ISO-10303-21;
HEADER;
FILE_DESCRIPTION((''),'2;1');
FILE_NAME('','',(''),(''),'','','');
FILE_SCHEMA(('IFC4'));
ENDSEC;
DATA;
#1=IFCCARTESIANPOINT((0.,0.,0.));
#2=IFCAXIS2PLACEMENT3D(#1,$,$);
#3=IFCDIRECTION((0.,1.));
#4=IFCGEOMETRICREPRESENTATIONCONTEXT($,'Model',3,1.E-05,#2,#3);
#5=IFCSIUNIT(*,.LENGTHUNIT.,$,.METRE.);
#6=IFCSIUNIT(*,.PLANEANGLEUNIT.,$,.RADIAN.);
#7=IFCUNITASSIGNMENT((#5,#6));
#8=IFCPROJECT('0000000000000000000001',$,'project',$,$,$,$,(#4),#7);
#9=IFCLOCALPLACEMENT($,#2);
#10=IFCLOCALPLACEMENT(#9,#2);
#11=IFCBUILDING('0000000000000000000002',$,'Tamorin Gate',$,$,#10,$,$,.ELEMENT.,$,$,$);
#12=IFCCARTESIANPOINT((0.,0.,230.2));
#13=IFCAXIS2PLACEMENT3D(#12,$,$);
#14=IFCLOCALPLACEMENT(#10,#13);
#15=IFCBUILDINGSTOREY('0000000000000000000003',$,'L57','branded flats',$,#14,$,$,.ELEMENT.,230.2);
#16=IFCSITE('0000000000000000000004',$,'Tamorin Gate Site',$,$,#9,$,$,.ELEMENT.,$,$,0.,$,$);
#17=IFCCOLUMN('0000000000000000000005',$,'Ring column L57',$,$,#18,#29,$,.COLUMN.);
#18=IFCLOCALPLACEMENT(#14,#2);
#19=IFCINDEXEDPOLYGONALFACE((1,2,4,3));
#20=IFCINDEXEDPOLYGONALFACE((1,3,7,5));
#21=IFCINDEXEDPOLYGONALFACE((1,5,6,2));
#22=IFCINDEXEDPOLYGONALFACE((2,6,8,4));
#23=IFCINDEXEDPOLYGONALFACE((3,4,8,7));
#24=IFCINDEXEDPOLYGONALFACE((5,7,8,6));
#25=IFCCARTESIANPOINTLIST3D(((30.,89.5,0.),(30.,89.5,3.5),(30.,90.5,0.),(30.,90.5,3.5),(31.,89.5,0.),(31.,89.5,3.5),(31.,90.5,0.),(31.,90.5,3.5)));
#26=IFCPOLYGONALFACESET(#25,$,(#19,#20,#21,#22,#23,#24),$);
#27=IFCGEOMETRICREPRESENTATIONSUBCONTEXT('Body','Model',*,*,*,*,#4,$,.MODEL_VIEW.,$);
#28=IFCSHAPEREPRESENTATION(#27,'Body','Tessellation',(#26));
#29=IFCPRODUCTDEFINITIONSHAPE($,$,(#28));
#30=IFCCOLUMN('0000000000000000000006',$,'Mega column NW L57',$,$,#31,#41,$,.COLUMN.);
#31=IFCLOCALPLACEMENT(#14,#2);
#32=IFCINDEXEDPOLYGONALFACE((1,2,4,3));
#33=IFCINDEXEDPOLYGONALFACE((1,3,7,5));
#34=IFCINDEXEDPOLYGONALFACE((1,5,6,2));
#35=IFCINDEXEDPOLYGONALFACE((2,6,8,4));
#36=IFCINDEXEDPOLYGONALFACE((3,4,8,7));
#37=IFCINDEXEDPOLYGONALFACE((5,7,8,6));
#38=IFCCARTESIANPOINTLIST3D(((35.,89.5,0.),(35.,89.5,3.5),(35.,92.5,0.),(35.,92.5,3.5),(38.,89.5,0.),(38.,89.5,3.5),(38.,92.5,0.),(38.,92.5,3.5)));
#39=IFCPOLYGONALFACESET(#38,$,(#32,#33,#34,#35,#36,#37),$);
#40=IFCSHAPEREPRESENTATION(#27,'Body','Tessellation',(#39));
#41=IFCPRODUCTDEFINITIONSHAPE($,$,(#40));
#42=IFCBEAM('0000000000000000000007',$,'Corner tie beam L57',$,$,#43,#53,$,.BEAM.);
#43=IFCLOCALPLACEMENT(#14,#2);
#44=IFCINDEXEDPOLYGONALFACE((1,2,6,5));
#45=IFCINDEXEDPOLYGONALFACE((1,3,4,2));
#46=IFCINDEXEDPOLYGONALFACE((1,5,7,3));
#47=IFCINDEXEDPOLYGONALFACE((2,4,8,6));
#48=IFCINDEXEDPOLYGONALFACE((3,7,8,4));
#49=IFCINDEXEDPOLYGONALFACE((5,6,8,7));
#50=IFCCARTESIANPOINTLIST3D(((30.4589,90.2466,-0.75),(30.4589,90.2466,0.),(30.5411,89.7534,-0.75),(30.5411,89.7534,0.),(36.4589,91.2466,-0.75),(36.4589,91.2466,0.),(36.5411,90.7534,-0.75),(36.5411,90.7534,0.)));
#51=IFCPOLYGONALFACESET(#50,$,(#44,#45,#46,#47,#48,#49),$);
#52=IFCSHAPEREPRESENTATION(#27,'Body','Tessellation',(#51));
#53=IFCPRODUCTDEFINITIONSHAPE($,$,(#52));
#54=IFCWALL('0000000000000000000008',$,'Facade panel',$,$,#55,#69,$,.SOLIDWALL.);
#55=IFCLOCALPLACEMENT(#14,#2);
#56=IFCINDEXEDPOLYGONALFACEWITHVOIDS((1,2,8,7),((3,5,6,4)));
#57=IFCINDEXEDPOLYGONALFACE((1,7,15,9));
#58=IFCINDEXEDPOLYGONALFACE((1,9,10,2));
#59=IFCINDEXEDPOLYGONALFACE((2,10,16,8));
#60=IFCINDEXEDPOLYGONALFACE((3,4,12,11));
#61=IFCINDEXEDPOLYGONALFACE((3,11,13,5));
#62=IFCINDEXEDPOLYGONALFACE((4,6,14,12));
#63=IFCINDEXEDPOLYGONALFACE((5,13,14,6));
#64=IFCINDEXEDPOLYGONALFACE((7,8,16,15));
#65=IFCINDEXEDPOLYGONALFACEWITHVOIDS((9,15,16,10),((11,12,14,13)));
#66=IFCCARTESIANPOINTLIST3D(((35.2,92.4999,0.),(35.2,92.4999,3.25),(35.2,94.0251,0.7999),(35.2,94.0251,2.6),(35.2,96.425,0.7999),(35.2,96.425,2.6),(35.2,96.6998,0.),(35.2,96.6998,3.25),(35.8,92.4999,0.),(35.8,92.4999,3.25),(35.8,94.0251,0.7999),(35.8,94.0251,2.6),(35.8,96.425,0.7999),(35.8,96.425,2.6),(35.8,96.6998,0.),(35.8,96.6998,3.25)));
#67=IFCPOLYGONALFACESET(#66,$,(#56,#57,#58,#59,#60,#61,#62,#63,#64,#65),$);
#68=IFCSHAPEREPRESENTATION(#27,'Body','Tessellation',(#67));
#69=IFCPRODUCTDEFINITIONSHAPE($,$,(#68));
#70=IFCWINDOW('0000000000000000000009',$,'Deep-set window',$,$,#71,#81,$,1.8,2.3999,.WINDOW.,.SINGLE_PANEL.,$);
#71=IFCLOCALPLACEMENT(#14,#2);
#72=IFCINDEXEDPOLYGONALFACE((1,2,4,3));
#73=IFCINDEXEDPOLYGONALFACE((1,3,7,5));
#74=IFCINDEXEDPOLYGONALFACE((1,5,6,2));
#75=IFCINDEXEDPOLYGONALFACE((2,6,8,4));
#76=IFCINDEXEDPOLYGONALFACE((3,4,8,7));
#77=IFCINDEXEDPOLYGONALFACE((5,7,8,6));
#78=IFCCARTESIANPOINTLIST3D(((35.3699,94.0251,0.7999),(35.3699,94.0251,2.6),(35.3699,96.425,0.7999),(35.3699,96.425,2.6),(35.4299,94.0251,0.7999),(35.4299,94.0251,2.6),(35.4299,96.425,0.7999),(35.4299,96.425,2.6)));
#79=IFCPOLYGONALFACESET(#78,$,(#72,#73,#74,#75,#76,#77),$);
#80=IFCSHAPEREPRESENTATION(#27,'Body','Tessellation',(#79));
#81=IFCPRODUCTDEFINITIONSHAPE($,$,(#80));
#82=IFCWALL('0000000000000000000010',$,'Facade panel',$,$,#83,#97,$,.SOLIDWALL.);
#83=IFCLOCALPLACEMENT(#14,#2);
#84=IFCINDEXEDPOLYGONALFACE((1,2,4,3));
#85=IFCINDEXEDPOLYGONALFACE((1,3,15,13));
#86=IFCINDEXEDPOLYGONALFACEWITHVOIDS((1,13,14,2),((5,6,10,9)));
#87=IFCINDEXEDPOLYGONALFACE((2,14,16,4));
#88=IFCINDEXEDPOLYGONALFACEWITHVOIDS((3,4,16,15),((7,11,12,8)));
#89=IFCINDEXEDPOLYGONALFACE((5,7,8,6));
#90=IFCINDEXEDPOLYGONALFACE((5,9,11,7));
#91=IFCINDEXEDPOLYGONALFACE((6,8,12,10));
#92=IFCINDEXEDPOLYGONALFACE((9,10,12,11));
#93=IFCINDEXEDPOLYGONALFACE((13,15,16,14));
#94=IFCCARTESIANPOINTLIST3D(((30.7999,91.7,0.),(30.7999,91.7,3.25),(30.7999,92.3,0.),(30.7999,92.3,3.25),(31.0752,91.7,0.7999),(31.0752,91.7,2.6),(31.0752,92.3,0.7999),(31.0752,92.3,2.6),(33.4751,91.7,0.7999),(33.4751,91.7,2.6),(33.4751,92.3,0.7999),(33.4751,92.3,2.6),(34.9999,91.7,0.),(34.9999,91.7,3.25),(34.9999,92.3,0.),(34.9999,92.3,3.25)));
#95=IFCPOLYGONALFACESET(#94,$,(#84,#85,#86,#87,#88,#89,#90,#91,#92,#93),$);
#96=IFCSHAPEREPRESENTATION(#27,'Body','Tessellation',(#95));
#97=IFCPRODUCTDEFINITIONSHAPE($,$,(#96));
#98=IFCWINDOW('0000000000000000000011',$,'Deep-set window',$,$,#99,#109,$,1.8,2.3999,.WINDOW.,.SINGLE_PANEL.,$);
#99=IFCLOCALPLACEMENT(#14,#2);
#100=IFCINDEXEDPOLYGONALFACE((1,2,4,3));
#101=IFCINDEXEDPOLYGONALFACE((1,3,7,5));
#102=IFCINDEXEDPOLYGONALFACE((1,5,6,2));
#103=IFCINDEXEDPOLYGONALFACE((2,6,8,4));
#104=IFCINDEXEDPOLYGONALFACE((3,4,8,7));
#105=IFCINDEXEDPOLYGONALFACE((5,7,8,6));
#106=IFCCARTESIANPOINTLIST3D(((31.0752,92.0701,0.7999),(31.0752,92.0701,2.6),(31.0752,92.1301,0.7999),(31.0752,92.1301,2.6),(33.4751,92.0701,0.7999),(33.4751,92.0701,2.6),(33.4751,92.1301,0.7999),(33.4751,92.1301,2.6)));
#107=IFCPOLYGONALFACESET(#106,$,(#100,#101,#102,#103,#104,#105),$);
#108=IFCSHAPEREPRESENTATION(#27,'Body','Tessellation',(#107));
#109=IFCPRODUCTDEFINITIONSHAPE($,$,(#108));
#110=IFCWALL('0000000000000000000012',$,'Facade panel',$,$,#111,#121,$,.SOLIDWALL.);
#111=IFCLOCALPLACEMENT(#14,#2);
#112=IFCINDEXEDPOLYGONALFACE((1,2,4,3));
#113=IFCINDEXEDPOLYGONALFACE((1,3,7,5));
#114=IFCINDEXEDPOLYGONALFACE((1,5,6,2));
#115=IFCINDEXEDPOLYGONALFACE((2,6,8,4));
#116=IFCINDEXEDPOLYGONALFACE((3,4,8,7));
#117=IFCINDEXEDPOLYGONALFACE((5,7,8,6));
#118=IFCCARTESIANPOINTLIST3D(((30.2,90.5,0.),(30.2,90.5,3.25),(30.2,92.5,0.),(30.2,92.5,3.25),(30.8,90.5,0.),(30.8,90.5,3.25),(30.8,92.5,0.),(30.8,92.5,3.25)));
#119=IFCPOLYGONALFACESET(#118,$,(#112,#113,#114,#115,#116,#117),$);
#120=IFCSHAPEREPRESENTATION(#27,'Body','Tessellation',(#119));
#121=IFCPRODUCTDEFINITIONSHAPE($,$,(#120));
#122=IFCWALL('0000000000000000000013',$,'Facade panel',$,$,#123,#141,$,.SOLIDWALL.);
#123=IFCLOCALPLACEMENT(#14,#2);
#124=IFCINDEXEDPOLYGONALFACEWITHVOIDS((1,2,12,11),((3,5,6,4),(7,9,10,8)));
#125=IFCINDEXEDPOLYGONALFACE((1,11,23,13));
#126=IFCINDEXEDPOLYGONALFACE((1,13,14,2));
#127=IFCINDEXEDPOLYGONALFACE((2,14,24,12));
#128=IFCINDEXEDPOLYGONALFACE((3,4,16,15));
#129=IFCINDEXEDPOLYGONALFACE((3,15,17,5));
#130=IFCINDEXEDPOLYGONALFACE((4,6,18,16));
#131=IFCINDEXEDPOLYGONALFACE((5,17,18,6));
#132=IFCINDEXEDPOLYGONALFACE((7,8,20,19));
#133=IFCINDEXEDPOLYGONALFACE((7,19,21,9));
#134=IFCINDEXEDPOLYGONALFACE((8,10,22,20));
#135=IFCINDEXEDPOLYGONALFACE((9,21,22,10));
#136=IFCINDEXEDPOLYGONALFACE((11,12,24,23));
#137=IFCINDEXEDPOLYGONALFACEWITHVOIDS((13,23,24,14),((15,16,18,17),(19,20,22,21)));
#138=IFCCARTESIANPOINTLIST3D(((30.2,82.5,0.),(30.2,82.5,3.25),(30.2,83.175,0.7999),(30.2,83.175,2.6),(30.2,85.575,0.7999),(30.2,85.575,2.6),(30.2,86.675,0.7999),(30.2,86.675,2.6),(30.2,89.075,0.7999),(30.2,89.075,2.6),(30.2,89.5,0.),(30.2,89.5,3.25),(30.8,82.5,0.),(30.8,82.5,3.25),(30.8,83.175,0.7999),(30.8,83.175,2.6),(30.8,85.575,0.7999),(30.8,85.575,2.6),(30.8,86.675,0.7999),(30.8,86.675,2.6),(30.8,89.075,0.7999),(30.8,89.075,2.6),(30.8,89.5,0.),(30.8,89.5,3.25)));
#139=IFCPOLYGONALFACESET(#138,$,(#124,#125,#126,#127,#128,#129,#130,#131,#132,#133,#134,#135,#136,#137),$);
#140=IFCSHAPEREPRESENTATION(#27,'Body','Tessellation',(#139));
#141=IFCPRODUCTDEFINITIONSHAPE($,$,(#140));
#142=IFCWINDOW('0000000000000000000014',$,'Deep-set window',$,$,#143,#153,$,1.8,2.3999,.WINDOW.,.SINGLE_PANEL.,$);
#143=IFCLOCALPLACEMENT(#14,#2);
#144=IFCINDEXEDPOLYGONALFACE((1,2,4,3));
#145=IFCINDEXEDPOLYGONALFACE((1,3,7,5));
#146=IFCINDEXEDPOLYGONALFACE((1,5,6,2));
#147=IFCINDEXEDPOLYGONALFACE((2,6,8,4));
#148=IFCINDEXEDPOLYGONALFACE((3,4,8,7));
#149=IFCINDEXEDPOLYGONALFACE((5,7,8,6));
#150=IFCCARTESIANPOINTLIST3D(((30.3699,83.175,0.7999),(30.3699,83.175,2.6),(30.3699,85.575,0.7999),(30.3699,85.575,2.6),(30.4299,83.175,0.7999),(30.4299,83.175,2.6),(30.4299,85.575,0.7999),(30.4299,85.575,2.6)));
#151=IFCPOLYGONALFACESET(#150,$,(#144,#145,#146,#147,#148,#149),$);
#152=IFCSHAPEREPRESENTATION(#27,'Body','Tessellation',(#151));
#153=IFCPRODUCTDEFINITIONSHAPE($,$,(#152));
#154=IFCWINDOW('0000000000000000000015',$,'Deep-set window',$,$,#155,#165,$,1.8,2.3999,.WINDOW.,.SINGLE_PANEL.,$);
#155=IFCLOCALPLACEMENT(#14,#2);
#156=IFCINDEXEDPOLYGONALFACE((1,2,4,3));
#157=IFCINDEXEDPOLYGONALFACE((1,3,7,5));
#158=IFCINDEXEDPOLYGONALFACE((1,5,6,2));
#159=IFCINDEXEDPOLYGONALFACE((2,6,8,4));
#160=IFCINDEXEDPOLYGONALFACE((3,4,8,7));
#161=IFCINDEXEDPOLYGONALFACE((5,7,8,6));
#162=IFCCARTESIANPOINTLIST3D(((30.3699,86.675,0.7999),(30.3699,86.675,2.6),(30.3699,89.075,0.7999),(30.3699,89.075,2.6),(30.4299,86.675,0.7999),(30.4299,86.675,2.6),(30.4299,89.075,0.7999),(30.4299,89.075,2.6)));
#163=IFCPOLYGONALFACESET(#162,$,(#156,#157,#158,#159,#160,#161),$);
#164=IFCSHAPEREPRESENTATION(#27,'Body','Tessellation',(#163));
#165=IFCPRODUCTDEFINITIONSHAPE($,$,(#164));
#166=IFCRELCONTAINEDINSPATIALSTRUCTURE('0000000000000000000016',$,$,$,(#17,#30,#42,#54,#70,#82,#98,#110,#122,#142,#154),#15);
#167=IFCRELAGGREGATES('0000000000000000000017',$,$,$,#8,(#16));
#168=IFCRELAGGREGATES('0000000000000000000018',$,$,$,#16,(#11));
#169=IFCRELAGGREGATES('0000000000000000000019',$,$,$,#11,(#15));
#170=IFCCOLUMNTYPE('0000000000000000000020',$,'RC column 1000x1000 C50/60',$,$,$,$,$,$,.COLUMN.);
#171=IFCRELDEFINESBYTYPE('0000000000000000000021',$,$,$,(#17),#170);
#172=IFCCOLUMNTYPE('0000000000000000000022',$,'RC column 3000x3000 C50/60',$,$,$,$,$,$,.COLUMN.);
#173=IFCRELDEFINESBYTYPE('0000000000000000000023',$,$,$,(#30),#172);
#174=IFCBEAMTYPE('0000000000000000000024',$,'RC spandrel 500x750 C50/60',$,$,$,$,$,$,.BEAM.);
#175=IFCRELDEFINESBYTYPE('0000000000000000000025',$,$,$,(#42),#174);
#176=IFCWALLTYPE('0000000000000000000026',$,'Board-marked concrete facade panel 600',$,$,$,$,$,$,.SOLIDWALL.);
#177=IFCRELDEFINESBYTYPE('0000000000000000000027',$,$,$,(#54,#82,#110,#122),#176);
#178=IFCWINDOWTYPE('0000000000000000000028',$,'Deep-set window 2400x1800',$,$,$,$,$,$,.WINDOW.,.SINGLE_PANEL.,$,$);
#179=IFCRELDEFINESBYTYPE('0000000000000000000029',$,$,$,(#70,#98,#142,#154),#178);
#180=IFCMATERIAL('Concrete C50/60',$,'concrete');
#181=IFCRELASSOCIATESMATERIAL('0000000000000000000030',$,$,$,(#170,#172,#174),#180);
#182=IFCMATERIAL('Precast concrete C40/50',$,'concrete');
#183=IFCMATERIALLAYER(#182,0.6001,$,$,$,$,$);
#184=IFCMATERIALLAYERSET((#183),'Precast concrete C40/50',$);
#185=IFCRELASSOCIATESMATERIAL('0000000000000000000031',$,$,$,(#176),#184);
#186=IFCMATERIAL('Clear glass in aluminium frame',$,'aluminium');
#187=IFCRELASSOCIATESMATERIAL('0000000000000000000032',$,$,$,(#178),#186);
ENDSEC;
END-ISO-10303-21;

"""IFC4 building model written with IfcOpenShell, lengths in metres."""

from ifc_helpers import new_model, si_unit, direction, frame, frame_2d, origin, origin_2d, place, context, subcontext, project, spatial, rectangle, extrude, material, layer, layer_set, material_profile, profile_set, type_object, element, fill, save


model = new_model("IFC4")

# Units and contexts
model_context = context("Model", 3, precision=1e-05, world=origin(), true_north=direction((0.0, 1.0)))
body_context = subcontext(model_context, "Body", "Model", "MODEL_VIEW")
ifc_project = project(units=[si_unit("LENGTHUNIT", "METRE"), si_unit("PLANEANGLEUNIT", "RADIAN")], contexts=[model_context])

# Site, building, storey
site_placement = place(None, origin())
site = spatial("IfcSite", under=ifc_project, at=site_placement, Name="Tamorin Gate Site", CompositionType="ELEMENT", RefElevation=0.0)
building_placement = place(site_placement, origin())
building = spatial("IfcBuilding", under=site, at=building_placement, Name="Tamorin Gate", CompositionType="ELEMENT")
storey_placement = place(building_placement, frame((0.0, 0.0, 230.2)))
storey = spatial("IfcBuildingStorey", under=building, at=storey_placement, Name="L57", Description="branded flats", CompositionType="ELEMENT", Elevation=230.2)

# Columns
ifc_material_1 = material(Name="Concrete C50/60", Category="concrete")
ifc_material_profile_1 = material_profile(ifc_material_1, rectangle(XDim=1.0, YDim=1.0, at=origin_2d()), Name="RC 1000x1000")
ifc_profile_set_1 = profile_set([ifc_material_profile_1], Name="Concrete C50/60")
column_type_1 = type_object("IfcColumnType", Name="RC column 1000x1000 C50/60", PredefinedType="COLUMN", material=ifc_profile_set_1)
column_1_placement = place(storey_placement, frame((30.5, 90.0, 0.0), z_axis=(0.0, 0.0, 1.0), x_axis=(1.0, 0.0, 0.0)))
element("IfcColumn", 1, at=column_1_placement, inside=storey, type_object=column_type_1, Name="Ring column L57", PredefinedType="COLUMN", context=body_context, shape_type="SweptSolid", body=[
    extrude(rectangle(XDim=1.0, YDim=1.0, at=origin_2d()), origin(), (0.0, 0.0, 1.0), 3.5),
])
ifc_material_profile_2 = material_profile(ifc_material_1, rectangle(XDim=3.0, YDim=3.0, at=origin_2d()), Name="RC 3000x3000")
ifc_profile_set_2 = profile_set([ifc_material_profile_2], Name="Concrete C50/60")
column_type_2 = type_object("IfcColumnType", Name="RC column 3000x3000 C50/60", PredefinedType="COLUMN", material=ifc_profile_set_2)
column_2_placement = place(storey_placement, frame((36.5, 91.0, 0.0), z_axis=(0.0, 0.0, 1.0), x_axis=(1.0, 0.0, 0.0)))
element("IfcColumn", 2, at=column_2_placement, inside=storey, type_object=column_type_2, Name="Mega column NW L57", PredefinedType="COLUMN", context=body_context, shape_type="SweptSolid", body=[
    extrude(rectangle(XDim=3.0, YDim=3.0, at=origin_2d()), origin(), (0.0, 0.0, 1.0), 3.5),
])

# Beam
ifc_material_profile_3 = material_profile(ifc_material_1, rectangle(XDim=0.5, YDim=0.75, at=origin_2d()), Name="RC 500x750")
ifc_profile_set_3 = profile_set([ifc_material_profile_3], Name="Concrete C50/60")
beam_type = type_object("IfcBeamType", Name="RC spandrel 500x750 C50/60", PredefinedType="BEAM", material=ifc_profile_set_3)
beam_placement = place(storey_placement, frame((36.5, 91.0, -0.375), z_axis=(-0.986394, -0.164399, 0.0), x_axis=(0.164399, -0.986394, 0.0)))
element("IfcBeam", 3, at=beam_placement, inside=storey, type_object=beam_type, Name="Corner tie beam L57", PredefinedType="BEAM", context=body_context, shape_type="SweptSolid", body=[
    extrude(rectangle(XDim=0.5, YDim=0.75, at=origin_2d()), origin(), (0.0, 0.0, 1.0), 6.0828),
])

# Walls, openings, windows
ifc_material_2 = material(Name="Precast concrete C40/50", Category="concrete")
ifc_layer_1 = layer(ifc_material_2, 0.6001)
ifc_layer_set_1 = layer_set([ifc_layer_1], Name="Precast concrete C40/50")
wall_type_1 = type_object("IfcWallType", Name="Board-marked concrete facade panel 600", PredefinedType="SOLIDWALL", material=ifc_layer_set_1)
wall_1_placement = place(storey_placement, frame((35.5, 96.7, 0.0), z_axis=(0.0, 0.0, 1.0), x_axis=(0.0, -1.0, 0.0)))
wall_1 = element("IfcWall", 4, at=wall_1_placement, inside=storey, type_object=wall_type_1, Name="Facade panel", PredefinedType="SOLIDWALL", context=body_context, shape_type="SweptSolid", body=[
    extrude(rectangle(XDim=4.2, YDim=0.6001, at=frame_2d((2.1001, 0.0))), origin(), (0.0, 0.0, 1.0), 3.25),
])
opening_1_placement = place(wall_1_placement, frame((0.2749, 0.0, 0.8)))
opening_1 = element("IfcOpeningElement", 5, at=opening_1_placement, cuts=wall_1, PredefinedType="OPENING", context=body_context, shape_type="SweptSolid", body=[
    extrude(rectangle(XDim=2.3999, YDim=1.8, at=frame_2d((1.2, 0.8999))), frame((0.0, 0.3101, 0.0), z_axis=(0.0, -1.0, 0.0), x_axis=(1.0, 0.0, 0.0)), (0.0, 0.0, 1.0), 0.6201),
])
ifc_material_3 = material(Name="Clear glass in aluminium frame", Category="aluminium")
window_type = type_object("IfcWindowType", Name="Deep-set window 2400x1800", PartitioningType="SINGLE_PANEL", PredefinedType="WINDOW", material=ifc_material_3)
window_1_placement = place(opening_1_placement, origin())
window_1 = element("IfcWindow", 6, at=window_1_placement, inside=storey, type_object=window_type, Name="Deep-set window", OverallHeight=1.8, OverallWidth=2.3999, PartitioningType="SINGLE_PANEL", PredefinedType="WINDOW", context=body_context, shape_type="SweptSolid", body=[
    extrude(rectangle(XDim=2.3999, YDim=1.8, at=frame_2d((1.2, 0.8999))), frame((0.0, -0.0701, 0.0), z_axis=(0.0, -1.0, 0.0), x_axis=(1.0, 0.0, 0.0)), (0.0, 0.0, 1.0), 0.0601),
])
fill(opening_1, window_1)
wall_2_placement = place(storey_placement, frame((35.0, 92.0, 0.0), z_axis=(0.0, 0.0, 1.0), x_axis=(-1.0, 0.0, 0.0)))
wall_2 = element("IfcWall", 7, at=wall_2_placement, inside=storey, type_object=wall_type_1, Name="Facade panel", PredefinedType="SOLIDWALL", context=body_context, shape_type="SweptSolid", body=[
    extrude(rectangle(XDim=4.2, YDim=0.6001, at=frame_2d((2.1001, 0.0))), origin(), (0.0, 0.0, 1.0), 3.25),
])
opening_2_placement = place(wall_2_placement, frame((1.5249, 0.0, 0.8)))
opening_2 = element("IfcOpeningElement", 8, at=opening_2_placement, cuts=wall_2, PredefinedType="OPENING", context=body_context, shape_type="SweptSolid", body=[
    extrude(rectangle(XDim=2.3999, YDim=1.8, at=frame_2d((1.2, 0.8999))), frame((0.0, 0.3101, 0.0), z_axis=(0.0, -1.0, 0.0), x_axis=(1.0, 0.0, 0.0)), (0.0, 0.0, 1.0), 0.6201),
])
window_2_placement = place(opening_2_placement, origin())
window_2 = element("IfcWindow", 9, at=window_2_placement, inside=storey, type_object=window_type, Name="Deep-set window", OverallHeight=1.8, OverallWidth=2.3999, PartitioningType="SINGLE_PANEL", PredefinedType="WINDOW", context=body_context, shape_type="SweptSolid", body=[
    extrude(rectangle(XDim=2.3999, YDim=1.8, at=frame_2d((1.2, 0.8999))), frame((0.0, -0.0701, 0.0), z_axis=(0.0, -1.0, 0.0), x_axis=(1.0, 0.0, 0.0)), (0.0, 0.0, 1.0), 0.0601),
])
fill(opening_2, window_2)

# Wall
wall_3_placement = place(storey_placement, frame((30.5, 92.5, 0.0), z_axis=(0.0, 0.0, 1.0), x_axis=(0.0, -1.0, 0.0)))
element("IfcWall", 10, at=wall_3_placement, inside=storey, type_object=wall_type_1, Name="Facade panel", PredefinedType="SOLIDWALL", context=body_context, shape_type="SweptSolid", body=[
    extrude(rectangle(XDim=2.0, YDim=0.6001, at=frame_2d((1.0, 0.0))), origin(), (0.0, 0.0, 1.0), 3.25),
])

# Wall, openings, windows
wall_4_placement = place(storey_placement, frame((30.5, 89.5, 0.0), z_axis=(0.0, 0.0, 1.0), x_axis=(0.0, -1.0, 0.0)))
wall_4 = element("IfcWall", 11, at=wall_4_placement, inside=storey, type_object=wall_type_1, Name="Facade panel", PredefinedType="SOLIDWALL", context=body_context, shape_type="SweptSolid", body=[
    extrude(rectangle(XDim=7.0, YDim=0.6001, at=frame_2d((3.5, 0.0))), origin(), (0.0, 0.0, 1.0), 3.25),
])
opening_3_placement = place(wall_4_placement, frame((3.925, 0.0, 0.8)))
opening_3 = element("IfcOpeningElement", 12, at=opening_3_placement, cuts=wall_4, PredefinedType="OPENING", context=body_context, shape_type="SweptSolid", body=[
    extrude(rectangle(XDim=2.3999, YDim=1.8, at=frame_2d((1.2, 0.8999))), frame((0.0, 0.3101, 0.0), z_axis=(0.0, -1.0, 0.0), x_axis=(1.0, 0.0, 0.0)), (0.0, 0.0, 1.0), 0.6201),
])
opening_4_placement = place(wall_4_placement, frame((0.425, 0.0, 0.8)))
opening_4 = element("IfcOpeningElement", 13, at=opening_4_placement, cuts=wall_4, PredefinedType="OPENING", context=body_context, shape_type="SweptSolid", body=[
    extrude(rectangle(XDim=2.3999, YDim=1.8, at=frame_2d((1.2, 0.8999))), frame((0.0, 0.3101, 0.0), z_axis=(0.0, -1.0, 0.0), x_axis=(1.0, 0.0, 0.0)), (0.0, 0.0, 1.0), 0.6201),
])
window_3_placement = place(opening_3_placement, origin())
window_3 = element("IfcWindow", 14, at=window_3_placement, inside=storey, type_object=window_type, Name="Deep-set window", OverallHeight=1.8, OverallWidth=2.3999, PartitioningType="SINGLE_PANEL", PredefinedType="WINDOW", context=body_context, shape_type="SweptSolid", body=[
    extrude(rectangle(XDim=2.3999, YDim=1.8, at=frame_2d((1.2, 0.8999))), frame((0.0, -0.0701, 0.0), z_axis=(0.0, -1.0, 0.0), x_axis=(1.0, 0.0, 0.0)), (0.0, 0.0, 1.0), 0.0601),
])
fill(opening_3, window_3)
window_4_placement = place(opening_4_placement, origin())
window_4 = element("IfcWindow", 15, at=window_4_placement, inside=storey, type_object=window_type, Name="Deep-set window", OverallHeight=1.8, OverallWidth=2.3999, PartitioningType="SINGLE_PANEL", PredefinedType="WINDOW", context=body_context, shape_type="SweptSolid", body=[
    extrude(rectangle(XDim=2.3999, YDim=1.8, at=frame_2d((1.2, 0.8999))), frame((0.0, -0.0701, 0.0), z_axis=(0.0, -1.0, 0.0), x_axis=(1.0, 0.0, 0.0)), (0.0, 0.0, 1.0), 0.0601),
])
fill(opening_4, window_4)

save(model, "model.ifc")
